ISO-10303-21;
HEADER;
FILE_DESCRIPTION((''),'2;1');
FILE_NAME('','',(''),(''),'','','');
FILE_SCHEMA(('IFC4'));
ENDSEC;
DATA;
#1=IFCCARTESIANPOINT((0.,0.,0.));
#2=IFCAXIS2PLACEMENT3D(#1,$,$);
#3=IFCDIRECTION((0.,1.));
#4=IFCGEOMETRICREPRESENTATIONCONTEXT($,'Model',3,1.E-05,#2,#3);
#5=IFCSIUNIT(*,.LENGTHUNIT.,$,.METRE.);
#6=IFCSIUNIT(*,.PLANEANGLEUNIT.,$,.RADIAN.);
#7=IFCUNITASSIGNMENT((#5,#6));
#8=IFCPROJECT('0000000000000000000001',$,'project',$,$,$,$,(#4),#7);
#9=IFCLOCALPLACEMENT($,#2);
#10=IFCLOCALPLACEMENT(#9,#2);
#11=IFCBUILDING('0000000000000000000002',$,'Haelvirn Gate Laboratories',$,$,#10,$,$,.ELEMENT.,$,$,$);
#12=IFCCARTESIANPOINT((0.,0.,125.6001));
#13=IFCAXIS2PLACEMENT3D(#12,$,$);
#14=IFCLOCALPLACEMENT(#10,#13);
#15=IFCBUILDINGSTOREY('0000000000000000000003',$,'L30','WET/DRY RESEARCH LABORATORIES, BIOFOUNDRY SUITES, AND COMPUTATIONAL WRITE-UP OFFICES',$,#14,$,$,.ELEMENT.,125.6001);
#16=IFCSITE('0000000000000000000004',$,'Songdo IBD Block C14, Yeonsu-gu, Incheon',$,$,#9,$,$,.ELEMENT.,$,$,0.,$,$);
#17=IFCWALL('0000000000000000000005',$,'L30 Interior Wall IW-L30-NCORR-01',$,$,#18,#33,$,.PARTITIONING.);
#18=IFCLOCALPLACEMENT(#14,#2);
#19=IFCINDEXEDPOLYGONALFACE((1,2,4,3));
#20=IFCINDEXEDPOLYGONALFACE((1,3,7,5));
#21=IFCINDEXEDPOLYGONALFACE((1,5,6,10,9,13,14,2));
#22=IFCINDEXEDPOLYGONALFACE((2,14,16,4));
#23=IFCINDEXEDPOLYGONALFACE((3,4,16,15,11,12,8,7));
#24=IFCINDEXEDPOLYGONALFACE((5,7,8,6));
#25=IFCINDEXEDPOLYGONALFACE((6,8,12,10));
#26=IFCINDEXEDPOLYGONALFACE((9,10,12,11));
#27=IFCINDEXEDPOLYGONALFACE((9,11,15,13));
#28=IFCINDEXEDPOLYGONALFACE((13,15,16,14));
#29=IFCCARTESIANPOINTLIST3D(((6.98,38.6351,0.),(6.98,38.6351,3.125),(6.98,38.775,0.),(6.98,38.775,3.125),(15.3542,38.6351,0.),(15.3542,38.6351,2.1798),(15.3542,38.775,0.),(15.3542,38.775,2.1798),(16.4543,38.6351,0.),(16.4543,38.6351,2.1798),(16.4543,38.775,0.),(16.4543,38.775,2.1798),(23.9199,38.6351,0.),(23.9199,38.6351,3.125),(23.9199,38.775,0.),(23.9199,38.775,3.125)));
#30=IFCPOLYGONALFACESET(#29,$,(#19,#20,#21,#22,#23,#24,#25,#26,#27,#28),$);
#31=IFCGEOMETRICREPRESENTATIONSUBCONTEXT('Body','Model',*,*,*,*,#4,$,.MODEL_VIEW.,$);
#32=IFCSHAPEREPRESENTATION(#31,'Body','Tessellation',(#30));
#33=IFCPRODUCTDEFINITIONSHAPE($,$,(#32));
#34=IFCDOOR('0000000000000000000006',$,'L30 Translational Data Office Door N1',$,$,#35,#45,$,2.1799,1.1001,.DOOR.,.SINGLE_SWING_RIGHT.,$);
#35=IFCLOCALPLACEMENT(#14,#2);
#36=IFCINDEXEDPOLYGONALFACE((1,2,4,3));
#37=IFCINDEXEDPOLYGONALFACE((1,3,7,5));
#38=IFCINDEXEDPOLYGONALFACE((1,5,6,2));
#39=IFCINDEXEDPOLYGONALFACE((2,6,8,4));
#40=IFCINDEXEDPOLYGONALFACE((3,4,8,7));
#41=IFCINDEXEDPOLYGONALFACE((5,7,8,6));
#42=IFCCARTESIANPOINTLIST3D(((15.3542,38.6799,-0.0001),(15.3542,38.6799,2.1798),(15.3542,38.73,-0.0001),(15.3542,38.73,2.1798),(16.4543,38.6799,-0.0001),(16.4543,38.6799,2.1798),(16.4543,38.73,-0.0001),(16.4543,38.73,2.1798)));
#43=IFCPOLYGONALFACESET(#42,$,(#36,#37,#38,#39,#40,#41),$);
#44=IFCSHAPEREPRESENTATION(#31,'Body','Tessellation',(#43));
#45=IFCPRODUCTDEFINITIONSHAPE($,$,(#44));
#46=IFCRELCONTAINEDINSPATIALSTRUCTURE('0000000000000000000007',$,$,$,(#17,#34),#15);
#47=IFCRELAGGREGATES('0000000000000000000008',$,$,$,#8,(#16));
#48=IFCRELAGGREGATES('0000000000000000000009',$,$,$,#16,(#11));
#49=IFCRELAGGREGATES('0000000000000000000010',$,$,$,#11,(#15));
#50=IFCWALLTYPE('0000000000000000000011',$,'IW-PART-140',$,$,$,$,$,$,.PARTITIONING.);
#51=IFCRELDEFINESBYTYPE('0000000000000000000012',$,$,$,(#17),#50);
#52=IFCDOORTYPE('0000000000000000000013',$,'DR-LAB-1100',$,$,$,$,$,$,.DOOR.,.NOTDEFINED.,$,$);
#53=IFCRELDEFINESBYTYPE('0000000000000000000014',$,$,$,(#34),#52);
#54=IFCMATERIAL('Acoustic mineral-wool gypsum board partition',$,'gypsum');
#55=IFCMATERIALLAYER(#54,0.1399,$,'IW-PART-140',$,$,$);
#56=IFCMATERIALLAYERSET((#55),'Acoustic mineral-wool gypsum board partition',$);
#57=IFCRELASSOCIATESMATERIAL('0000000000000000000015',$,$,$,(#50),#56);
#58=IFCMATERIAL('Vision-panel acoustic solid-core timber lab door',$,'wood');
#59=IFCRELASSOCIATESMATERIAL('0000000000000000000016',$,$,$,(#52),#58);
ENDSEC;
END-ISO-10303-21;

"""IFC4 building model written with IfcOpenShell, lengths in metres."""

from ifc_helpers import new_model, si_unit, direction, frame, frame_2d, origin, place, context, subcontext, project, spatial, rectangle, extrude, source, transform, mapped, material, layer, layer_set, type_object, type_shapes, element, fill, save


model = new_model("IFC4")

# Units and contexts
model_context = context("Model", 3, precision=1e-05, world=origin(), true_north=direction((0.0, 1.0)))
body_context = subcontext(model_context, "Body", "Model", "MODEL_VIEW")
ifc_project = project(units=[si_unit("LENGTHUNIT", "METRE"), si_unit("PLANEANGLEUNIT", "RADIAN")], contexts=[model_context])

# Site, building, storey
site_placement = place(None, origin())
site = spatial("IfcSite", under=ifc_project, at=site_placement, Name="Songdo IBD Block C14, Yeonsu-gu, Incheon", CompositionType="ELEMENT", RefElevation=0.0)
building_placement = place(site_placement, origin())
building = spatial("IfcBuilding", under=site, at=building_placement, Name="Haelvirn Gate Laboratories", CompositionType="ELEMENT")
storey_placement = place(building_placement, frame((0.0, 0.0, 125.6001)))
storey = spatial("IfcBuildingStorey", under=building, at=storey_placement, Name="L30", Description="WET/DRY RESEARCH LABORATORIES, BIOFOUNDRY SUITES, AND COMPUTATIONAL WRITE-UP OFFICES", CompositionType="ELEMENT", Elevation=125.6001)

# Wall, opening, door
ifc_material_1 = material(Name="Acoustic mineral-wool gypsum board partition", Category="gypsum")
ifc_layer_1 = layer(ifc_material_1, 0.1399, Name="IW-PART-140")
ifc_layer_set_1 = layer_set([ifc_layer_1], Name="Acoustic mineral-wool gypsum board partition")
wall_type_1 = type_object("IfcWallType", Name="IW-PART-140", PredefinedType="PARTITIONING", material=ifc_layer_set_1)
wall_1_placement = place(storey_placement, frame((6.98, 38.7051, 0.0), z_axis=(0.0, 0.0, 1.0), x_axis=(1.0, 0.0, 0.0)))
wall_1 = element("IfcWall", 1, at=wall_1_placement, inside=storey, type_object=wall_type_1, Name="L30 Interior Wall IW-L30-NCORR-01", PredefinedType="PARTITIONING", context=body_context, shape_type="SweptSolid", body=[
    extrude(rectangle(XDim=16.9399, YDim=0.1399, at=frame_2d((8.47, 0.0))), origin(), (0.0, 0.0, 1.0), 3.125),
])
opening_placement = place(wall_1_placement, frame((8.3743, 0.0, 0.0)))
opening = element("IfcOpeningElement", 2, at=opening_placement, cuts=wall_1, PredefinedType="OPENING", context=body_context, shape_type="SweptSolid", body=[
    extrude(rectangle(XDim=1.1001, YDim=2.1799, at=frame_2d((0.55, 1.0898))), frame((0.0, 0.0801, 0.0), z_axis=(0.0, -1.0, 0.0), x_axis=(1.0, 0.0, 0.0)), (0.0, 0.0, 1.0), 0.1599),
])
ifc_material_2 = material(Name="Vision-panel acoustic solid-core timber lab door", Category="wood")
door_type = type_object("IfcDoorType", Name="DR-LAB-1100", OperationType="NOTDEFINED", PredefinedType="DOOR", material=ifc_material_2)
shared_shape_1 = source(origin(), body_context, "Body", "SweptSolid", [
    extrude(rectangle(XDim=1.1001, YDim=2.1799, at=frame_2d((0.55, 1.0898))), frame((0.0, 0.0249, 0.0), z_axis=(0.0, -1.0, 0.0), x_axis=(1.0, 0.0, 0.0)), (0.0, 0.0, 1.0), 0.05),
])
type_shapes(door_type, [shared_shape_1])
door_placement = place(opening_placement, origin())
door = element("IfcDoor", 3, at=door_placement, inside=storey, type_object=door_type, Name="L30 Translational Data Office Door N1", OperationType="SINGLE_SWING_RIGHT", OverallHeight=2.1799, OverallWidth=1.1001, PredefinedType="DOOR", context=body_context, shape_type="MappedRepresentation", body=[
    mapped(shared_shape_1, transform((0.0, 0.0, 0.0), scale=1.0)),
])
fill(opening, door)

save(model, "model.ifc")
